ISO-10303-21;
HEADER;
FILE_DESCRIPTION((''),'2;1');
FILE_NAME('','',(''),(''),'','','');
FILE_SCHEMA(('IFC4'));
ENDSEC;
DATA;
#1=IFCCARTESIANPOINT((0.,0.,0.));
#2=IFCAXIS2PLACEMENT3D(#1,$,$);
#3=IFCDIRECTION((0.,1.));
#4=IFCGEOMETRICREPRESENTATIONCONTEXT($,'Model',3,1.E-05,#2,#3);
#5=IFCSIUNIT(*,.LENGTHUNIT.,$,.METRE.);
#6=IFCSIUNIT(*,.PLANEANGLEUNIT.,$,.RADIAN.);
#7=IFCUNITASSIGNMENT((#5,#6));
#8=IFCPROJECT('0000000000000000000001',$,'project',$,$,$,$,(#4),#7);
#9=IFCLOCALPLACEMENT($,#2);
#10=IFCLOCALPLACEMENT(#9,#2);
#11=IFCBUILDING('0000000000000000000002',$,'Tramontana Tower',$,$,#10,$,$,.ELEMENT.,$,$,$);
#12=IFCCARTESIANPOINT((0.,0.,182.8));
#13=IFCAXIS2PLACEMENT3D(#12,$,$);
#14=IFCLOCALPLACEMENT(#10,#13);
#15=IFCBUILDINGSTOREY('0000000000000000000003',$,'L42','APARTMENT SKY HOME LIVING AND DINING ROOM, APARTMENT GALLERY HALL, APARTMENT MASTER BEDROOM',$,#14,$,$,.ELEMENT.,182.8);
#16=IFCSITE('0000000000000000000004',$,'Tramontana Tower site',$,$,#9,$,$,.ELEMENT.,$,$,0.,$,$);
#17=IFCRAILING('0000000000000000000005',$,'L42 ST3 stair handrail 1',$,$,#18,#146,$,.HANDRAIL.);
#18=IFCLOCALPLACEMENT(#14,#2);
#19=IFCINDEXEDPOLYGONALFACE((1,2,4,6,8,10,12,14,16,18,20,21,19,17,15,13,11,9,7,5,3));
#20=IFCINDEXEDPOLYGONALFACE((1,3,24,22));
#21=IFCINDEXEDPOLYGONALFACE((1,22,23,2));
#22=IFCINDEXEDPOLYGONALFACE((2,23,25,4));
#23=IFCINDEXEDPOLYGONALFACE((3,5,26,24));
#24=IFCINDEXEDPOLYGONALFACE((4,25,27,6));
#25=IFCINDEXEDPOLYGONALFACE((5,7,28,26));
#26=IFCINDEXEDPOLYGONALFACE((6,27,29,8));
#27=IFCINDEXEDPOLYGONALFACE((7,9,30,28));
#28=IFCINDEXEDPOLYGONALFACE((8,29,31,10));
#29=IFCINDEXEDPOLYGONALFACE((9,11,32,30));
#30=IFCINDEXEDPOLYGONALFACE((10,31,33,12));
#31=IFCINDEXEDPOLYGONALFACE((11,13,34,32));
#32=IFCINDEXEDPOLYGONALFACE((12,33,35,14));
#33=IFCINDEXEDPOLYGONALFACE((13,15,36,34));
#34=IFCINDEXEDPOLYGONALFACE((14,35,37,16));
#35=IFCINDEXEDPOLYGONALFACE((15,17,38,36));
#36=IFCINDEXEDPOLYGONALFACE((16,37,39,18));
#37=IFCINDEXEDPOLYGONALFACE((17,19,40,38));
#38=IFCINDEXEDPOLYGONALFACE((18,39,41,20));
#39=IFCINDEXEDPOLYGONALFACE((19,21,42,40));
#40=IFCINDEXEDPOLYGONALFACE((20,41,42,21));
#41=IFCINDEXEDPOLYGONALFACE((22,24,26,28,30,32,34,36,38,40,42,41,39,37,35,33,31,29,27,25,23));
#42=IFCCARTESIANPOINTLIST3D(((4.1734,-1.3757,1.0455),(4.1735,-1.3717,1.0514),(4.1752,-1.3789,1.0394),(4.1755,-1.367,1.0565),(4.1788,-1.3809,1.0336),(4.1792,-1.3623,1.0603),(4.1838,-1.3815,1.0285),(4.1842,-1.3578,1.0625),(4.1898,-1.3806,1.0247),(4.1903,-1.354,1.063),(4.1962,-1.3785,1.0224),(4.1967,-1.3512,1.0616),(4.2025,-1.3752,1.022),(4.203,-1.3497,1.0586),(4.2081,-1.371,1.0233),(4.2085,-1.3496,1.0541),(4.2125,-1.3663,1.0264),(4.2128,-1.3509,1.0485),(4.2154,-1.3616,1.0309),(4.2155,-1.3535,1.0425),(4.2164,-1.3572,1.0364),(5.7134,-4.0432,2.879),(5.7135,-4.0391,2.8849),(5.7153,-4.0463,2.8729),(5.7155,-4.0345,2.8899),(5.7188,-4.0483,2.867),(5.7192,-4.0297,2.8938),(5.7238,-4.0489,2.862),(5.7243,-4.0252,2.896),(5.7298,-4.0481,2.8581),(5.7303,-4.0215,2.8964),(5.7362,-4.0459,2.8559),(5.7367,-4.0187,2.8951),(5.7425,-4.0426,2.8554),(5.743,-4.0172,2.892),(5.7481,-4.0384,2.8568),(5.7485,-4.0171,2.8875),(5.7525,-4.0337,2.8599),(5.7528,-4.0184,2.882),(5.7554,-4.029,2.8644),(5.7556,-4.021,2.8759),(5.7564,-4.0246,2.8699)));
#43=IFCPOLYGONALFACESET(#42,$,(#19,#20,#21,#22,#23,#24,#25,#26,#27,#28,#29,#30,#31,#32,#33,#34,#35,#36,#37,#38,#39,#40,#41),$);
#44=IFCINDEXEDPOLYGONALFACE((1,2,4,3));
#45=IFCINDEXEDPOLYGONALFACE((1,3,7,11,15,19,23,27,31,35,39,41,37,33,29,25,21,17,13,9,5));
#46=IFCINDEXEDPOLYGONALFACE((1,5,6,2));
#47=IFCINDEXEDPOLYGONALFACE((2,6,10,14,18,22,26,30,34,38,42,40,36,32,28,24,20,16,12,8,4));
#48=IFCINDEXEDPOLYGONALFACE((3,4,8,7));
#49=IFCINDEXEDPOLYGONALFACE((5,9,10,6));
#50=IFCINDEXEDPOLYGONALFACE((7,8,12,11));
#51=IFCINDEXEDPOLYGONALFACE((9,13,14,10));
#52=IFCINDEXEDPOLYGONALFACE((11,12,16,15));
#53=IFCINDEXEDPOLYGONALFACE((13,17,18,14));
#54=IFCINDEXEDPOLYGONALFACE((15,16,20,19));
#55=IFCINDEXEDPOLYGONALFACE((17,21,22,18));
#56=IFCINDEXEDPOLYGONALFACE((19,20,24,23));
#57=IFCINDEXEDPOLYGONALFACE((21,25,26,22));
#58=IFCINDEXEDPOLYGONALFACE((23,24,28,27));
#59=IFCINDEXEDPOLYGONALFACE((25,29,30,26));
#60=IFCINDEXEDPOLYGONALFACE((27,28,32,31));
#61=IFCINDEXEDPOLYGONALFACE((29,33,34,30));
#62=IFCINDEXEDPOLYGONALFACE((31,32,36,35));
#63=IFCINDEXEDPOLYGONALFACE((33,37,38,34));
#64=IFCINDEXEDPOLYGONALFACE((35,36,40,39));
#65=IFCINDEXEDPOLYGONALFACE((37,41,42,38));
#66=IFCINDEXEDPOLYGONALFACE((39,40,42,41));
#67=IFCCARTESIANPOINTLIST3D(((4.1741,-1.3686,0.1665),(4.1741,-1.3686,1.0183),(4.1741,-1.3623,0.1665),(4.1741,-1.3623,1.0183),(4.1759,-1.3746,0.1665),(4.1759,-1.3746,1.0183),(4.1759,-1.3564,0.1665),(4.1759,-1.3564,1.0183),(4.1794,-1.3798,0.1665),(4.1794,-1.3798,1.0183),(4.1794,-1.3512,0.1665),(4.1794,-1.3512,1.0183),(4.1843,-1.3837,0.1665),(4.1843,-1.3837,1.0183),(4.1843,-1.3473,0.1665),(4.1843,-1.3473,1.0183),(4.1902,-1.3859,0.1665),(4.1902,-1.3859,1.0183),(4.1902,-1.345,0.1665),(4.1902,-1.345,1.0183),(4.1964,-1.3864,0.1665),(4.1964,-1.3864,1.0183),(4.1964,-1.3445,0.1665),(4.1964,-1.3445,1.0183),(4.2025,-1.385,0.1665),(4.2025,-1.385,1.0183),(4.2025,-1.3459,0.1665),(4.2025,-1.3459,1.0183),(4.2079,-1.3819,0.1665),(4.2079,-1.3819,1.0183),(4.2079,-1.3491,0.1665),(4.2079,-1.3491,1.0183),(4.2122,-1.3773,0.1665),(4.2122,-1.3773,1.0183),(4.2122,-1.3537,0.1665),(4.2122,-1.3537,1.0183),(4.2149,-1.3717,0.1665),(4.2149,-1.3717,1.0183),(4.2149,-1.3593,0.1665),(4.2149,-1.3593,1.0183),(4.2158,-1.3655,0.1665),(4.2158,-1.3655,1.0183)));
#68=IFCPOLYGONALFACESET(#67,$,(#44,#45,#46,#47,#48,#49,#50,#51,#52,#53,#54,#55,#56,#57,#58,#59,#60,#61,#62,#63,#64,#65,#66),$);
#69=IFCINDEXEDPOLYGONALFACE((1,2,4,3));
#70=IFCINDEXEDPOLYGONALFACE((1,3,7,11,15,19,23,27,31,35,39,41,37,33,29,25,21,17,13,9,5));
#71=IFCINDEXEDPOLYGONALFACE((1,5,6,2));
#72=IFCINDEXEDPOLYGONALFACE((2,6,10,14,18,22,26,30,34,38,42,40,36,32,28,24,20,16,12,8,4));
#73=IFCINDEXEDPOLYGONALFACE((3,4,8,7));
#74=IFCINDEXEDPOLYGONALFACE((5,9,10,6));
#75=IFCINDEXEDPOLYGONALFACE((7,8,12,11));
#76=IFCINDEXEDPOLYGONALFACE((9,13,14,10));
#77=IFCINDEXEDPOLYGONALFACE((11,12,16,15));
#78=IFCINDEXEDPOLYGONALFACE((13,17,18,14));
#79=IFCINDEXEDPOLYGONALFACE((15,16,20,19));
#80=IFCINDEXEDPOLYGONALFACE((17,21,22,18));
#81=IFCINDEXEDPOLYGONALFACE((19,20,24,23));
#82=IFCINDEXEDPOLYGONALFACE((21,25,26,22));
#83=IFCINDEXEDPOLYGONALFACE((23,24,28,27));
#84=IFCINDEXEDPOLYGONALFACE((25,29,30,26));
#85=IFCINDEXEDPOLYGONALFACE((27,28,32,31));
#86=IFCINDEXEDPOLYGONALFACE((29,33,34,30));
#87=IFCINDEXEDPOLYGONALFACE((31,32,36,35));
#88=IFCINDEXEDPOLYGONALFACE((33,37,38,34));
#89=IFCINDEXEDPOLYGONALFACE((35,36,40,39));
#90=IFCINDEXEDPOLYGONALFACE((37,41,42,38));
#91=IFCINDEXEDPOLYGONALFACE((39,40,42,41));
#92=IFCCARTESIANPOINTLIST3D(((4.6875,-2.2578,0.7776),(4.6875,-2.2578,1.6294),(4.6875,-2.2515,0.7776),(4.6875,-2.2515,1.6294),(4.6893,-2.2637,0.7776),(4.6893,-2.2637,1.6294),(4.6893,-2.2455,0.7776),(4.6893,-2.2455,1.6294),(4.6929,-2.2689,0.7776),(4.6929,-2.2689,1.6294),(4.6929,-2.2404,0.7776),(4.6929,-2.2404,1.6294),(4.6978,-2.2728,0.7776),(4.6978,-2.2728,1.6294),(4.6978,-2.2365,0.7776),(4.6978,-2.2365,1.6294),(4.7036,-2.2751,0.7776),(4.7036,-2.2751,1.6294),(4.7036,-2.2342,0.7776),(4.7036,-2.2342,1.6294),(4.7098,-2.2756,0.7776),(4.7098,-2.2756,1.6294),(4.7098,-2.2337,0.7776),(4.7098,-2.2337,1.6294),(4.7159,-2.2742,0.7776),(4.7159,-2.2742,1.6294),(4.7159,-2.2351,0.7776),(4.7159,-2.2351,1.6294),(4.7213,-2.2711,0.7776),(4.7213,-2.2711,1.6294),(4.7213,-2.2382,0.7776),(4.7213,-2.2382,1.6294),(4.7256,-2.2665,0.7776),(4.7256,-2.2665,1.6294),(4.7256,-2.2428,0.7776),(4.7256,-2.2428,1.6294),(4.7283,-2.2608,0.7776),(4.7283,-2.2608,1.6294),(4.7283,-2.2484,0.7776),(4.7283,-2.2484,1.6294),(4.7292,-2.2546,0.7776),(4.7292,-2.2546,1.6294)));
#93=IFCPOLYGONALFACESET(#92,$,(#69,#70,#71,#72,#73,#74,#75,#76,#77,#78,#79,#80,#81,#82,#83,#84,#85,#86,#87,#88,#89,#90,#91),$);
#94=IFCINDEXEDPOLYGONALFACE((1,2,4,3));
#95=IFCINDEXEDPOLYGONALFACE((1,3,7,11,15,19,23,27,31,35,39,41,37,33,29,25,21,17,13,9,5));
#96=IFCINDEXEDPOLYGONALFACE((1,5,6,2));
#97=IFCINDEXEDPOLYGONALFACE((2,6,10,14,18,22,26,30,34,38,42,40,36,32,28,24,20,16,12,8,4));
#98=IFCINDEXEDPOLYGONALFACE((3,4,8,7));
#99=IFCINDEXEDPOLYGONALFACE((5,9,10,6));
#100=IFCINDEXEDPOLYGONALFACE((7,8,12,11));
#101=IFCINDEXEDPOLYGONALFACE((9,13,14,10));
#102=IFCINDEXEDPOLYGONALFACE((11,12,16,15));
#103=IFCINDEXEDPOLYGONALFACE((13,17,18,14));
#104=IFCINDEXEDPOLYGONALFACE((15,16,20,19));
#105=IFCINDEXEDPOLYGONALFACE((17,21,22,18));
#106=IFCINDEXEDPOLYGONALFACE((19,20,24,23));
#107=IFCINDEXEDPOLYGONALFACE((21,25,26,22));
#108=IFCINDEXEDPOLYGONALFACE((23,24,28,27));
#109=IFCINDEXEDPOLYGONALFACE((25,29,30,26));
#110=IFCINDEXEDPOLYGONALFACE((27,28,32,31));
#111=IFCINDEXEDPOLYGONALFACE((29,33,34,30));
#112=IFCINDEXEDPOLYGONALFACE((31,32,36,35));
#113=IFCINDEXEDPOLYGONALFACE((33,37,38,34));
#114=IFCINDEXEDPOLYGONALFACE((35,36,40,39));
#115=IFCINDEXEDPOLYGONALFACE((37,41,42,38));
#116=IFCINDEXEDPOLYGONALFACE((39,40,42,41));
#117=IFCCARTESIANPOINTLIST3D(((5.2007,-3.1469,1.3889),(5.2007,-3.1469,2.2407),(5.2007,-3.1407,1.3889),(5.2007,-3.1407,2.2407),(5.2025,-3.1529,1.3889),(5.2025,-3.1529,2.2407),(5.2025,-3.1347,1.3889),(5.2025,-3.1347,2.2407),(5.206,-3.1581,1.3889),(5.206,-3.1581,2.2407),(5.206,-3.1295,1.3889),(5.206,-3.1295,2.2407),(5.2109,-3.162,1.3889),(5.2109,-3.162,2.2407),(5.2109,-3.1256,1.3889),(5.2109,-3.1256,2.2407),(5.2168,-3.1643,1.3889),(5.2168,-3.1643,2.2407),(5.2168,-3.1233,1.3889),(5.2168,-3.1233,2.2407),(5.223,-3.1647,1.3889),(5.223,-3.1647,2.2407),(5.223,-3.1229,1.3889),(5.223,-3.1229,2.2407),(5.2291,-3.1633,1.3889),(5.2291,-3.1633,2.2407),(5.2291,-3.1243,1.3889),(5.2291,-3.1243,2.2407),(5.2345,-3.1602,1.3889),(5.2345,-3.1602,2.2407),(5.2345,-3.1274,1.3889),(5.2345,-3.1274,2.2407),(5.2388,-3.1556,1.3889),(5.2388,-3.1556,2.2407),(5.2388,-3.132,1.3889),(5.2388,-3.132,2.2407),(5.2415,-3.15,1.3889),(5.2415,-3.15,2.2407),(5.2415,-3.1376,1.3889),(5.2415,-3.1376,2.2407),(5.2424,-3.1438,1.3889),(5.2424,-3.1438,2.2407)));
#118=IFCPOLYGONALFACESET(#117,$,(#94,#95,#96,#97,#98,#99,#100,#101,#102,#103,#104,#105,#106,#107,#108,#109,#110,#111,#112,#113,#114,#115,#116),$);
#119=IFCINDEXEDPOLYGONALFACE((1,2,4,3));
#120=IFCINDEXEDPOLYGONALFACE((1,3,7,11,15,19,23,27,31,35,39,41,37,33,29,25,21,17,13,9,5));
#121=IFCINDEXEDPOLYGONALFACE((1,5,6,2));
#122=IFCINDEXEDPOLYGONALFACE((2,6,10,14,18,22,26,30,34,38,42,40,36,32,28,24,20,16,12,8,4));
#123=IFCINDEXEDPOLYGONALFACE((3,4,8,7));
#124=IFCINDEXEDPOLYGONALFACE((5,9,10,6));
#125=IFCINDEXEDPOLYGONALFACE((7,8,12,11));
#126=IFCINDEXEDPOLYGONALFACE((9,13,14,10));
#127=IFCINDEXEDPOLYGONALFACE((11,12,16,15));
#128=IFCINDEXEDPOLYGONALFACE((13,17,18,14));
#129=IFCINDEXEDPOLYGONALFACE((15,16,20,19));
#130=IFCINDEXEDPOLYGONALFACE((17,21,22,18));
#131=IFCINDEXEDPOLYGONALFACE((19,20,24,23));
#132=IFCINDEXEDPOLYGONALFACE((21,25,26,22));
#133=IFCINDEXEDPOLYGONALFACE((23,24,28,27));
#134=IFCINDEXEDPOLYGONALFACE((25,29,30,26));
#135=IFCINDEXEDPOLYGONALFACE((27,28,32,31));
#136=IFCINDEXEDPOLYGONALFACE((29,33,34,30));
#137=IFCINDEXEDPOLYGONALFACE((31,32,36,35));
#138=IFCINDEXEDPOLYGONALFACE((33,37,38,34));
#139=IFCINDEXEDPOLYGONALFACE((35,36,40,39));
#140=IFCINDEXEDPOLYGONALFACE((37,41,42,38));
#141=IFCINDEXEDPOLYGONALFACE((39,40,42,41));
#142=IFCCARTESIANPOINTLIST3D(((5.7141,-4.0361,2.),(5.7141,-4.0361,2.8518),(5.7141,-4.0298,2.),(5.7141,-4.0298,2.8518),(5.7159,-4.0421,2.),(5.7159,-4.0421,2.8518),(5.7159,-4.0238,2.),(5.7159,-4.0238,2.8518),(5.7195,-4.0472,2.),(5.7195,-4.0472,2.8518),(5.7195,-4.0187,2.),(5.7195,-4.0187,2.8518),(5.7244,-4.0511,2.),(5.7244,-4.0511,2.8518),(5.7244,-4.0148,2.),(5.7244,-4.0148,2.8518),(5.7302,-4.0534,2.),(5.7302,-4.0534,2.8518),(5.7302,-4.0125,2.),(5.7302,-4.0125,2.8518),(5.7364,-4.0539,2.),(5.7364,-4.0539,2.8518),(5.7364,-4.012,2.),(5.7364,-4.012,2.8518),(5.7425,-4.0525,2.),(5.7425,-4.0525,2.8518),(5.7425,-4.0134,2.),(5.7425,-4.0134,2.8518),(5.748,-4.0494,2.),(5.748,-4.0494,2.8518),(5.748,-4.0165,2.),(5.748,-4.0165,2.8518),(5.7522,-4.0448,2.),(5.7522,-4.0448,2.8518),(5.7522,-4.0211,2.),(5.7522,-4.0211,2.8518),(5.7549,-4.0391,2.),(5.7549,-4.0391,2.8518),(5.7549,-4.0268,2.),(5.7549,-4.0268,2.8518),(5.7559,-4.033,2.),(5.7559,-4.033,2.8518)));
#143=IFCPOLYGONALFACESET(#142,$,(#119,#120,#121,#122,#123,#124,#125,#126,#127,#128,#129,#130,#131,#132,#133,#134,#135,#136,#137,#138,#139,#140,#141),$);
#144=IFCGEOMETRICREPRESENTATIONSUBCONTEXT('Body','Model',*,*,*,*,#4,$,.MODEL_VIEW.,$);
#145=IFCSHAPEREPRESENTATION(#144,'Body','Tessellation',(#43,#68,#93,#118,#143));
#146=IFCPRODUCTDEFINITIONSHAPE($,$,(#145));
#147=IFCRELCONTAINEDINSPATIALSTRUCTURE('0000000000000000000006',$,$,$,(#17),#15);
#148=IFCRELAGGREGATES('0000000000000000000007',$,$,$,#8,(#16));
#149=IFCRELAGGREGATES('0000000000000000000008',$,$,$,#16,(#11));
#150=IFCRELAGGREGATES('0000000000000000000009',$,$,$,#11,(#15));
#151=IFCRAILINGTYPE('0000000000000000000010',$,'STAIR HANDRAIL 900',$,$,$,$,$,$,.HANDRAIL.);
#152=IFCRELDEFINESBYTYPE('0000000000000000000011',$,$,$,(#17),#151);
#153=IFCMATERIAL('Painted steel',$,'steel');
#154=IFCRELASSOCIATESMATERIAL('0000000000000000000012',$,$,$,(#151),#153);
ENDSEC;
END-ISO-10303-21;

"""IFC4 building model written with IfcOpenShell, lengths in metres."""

from ifc_helpers import new_model, si_unit, direction, frame, origin, origin_2d, place, context, subcontext, project, spatial, circle, extrude, material, type_object, element, save


model = new_model("IFC4")

# Units and contexts
model_context = context("Model", 3, precision=1e-05, world=origin(), true_north=direction((0.0, 1.0)))
body_context = subcontext(model_context, "Body", "Model", "MODEL_VIEW")
ifc_project = project(units=[si_unit("LENGTHUNIT", "METRE"), si_unit("PLANEANGLEUNIT", "RADIAN")], contexts=[model_context])

# Site, building, storey
site_placement = place(None, origin())
site = spatial("IfcSite", under=ifc_project, at=site_placement, Name="Tramontana Tower site", CompositionType="ELEMENT", RefElevation=0.0)
building_placement = place(site_placement, origin())
building = spatial("IfcBuilding", under=site, at=building_placement, Name="Tramontana Tower", CompositionType="ELEMENT")
storey_placement = place(building_placement, frame((0.0, 0.0, 182.8)))
storey = spatial("IfcBuildingStorey", under=building, at=storey_placement, Name="L42", Description="APARTMENT SKY HOME LIVING AND DINING ROOM, APARTMENT GALLERY HALL, APARTMENT MASTER BEDROOM", CompositionType="ELEMENT", Elevation=182.8)

# Railing
ifc_material_1 = material(Name="Painted steel", Category="steel")
railing_type_1 = type_object("IfcRailingType", Name="STAIR HANDRAIL 900", PredefinedType="HANDRAIL", material=ifc_material_1)
railing_1_placement = place(storey_placement, frame((4.1948, -1.3655, 0.1665)))
element("IfcRailing", 1, at=railing_1_placement, inside=storey, type_object=railing_type_1, Name="L42 ST3 stair handrail 1", PredefinedType="HANDRAIL", context=body_context, shape_type="SweptSolid", body=[
    extrude(circle(Radius=0.0239, at=origin_2d()), frame((0.0, 0.0, 0.876), z_axis=(0.429634, -0.744164, 0.511502), x_axis=(0.86603, 0.499992, 0.0)), (0.0, 0.0, 1.0), 3.5845),
    extrude(circle(Radius=0.021, at=origin_2d()), origin(), (0.0, 0.0, 1.0), 0.8518),
    extrude(circle(Radius=0.021, at=origin_2d()), frame((0.5134, -0.8892, 0.6111)), (0.0, 0.0, 1.0), 0.8518),
    extrude(circle(Radius=0.021, at=origin_2d()), frame((1.0266, -1.7783, 1.2224)), (0.0, 0.0, 1.0), 0.8518),
    extrude(circle(Radius=0.021, at=origin_2d()), frame((1.54, -2.6675, 1.8335)), (0.0, 0.0, 1.0), 0.8518),
])

save(model, "model.ifc")
